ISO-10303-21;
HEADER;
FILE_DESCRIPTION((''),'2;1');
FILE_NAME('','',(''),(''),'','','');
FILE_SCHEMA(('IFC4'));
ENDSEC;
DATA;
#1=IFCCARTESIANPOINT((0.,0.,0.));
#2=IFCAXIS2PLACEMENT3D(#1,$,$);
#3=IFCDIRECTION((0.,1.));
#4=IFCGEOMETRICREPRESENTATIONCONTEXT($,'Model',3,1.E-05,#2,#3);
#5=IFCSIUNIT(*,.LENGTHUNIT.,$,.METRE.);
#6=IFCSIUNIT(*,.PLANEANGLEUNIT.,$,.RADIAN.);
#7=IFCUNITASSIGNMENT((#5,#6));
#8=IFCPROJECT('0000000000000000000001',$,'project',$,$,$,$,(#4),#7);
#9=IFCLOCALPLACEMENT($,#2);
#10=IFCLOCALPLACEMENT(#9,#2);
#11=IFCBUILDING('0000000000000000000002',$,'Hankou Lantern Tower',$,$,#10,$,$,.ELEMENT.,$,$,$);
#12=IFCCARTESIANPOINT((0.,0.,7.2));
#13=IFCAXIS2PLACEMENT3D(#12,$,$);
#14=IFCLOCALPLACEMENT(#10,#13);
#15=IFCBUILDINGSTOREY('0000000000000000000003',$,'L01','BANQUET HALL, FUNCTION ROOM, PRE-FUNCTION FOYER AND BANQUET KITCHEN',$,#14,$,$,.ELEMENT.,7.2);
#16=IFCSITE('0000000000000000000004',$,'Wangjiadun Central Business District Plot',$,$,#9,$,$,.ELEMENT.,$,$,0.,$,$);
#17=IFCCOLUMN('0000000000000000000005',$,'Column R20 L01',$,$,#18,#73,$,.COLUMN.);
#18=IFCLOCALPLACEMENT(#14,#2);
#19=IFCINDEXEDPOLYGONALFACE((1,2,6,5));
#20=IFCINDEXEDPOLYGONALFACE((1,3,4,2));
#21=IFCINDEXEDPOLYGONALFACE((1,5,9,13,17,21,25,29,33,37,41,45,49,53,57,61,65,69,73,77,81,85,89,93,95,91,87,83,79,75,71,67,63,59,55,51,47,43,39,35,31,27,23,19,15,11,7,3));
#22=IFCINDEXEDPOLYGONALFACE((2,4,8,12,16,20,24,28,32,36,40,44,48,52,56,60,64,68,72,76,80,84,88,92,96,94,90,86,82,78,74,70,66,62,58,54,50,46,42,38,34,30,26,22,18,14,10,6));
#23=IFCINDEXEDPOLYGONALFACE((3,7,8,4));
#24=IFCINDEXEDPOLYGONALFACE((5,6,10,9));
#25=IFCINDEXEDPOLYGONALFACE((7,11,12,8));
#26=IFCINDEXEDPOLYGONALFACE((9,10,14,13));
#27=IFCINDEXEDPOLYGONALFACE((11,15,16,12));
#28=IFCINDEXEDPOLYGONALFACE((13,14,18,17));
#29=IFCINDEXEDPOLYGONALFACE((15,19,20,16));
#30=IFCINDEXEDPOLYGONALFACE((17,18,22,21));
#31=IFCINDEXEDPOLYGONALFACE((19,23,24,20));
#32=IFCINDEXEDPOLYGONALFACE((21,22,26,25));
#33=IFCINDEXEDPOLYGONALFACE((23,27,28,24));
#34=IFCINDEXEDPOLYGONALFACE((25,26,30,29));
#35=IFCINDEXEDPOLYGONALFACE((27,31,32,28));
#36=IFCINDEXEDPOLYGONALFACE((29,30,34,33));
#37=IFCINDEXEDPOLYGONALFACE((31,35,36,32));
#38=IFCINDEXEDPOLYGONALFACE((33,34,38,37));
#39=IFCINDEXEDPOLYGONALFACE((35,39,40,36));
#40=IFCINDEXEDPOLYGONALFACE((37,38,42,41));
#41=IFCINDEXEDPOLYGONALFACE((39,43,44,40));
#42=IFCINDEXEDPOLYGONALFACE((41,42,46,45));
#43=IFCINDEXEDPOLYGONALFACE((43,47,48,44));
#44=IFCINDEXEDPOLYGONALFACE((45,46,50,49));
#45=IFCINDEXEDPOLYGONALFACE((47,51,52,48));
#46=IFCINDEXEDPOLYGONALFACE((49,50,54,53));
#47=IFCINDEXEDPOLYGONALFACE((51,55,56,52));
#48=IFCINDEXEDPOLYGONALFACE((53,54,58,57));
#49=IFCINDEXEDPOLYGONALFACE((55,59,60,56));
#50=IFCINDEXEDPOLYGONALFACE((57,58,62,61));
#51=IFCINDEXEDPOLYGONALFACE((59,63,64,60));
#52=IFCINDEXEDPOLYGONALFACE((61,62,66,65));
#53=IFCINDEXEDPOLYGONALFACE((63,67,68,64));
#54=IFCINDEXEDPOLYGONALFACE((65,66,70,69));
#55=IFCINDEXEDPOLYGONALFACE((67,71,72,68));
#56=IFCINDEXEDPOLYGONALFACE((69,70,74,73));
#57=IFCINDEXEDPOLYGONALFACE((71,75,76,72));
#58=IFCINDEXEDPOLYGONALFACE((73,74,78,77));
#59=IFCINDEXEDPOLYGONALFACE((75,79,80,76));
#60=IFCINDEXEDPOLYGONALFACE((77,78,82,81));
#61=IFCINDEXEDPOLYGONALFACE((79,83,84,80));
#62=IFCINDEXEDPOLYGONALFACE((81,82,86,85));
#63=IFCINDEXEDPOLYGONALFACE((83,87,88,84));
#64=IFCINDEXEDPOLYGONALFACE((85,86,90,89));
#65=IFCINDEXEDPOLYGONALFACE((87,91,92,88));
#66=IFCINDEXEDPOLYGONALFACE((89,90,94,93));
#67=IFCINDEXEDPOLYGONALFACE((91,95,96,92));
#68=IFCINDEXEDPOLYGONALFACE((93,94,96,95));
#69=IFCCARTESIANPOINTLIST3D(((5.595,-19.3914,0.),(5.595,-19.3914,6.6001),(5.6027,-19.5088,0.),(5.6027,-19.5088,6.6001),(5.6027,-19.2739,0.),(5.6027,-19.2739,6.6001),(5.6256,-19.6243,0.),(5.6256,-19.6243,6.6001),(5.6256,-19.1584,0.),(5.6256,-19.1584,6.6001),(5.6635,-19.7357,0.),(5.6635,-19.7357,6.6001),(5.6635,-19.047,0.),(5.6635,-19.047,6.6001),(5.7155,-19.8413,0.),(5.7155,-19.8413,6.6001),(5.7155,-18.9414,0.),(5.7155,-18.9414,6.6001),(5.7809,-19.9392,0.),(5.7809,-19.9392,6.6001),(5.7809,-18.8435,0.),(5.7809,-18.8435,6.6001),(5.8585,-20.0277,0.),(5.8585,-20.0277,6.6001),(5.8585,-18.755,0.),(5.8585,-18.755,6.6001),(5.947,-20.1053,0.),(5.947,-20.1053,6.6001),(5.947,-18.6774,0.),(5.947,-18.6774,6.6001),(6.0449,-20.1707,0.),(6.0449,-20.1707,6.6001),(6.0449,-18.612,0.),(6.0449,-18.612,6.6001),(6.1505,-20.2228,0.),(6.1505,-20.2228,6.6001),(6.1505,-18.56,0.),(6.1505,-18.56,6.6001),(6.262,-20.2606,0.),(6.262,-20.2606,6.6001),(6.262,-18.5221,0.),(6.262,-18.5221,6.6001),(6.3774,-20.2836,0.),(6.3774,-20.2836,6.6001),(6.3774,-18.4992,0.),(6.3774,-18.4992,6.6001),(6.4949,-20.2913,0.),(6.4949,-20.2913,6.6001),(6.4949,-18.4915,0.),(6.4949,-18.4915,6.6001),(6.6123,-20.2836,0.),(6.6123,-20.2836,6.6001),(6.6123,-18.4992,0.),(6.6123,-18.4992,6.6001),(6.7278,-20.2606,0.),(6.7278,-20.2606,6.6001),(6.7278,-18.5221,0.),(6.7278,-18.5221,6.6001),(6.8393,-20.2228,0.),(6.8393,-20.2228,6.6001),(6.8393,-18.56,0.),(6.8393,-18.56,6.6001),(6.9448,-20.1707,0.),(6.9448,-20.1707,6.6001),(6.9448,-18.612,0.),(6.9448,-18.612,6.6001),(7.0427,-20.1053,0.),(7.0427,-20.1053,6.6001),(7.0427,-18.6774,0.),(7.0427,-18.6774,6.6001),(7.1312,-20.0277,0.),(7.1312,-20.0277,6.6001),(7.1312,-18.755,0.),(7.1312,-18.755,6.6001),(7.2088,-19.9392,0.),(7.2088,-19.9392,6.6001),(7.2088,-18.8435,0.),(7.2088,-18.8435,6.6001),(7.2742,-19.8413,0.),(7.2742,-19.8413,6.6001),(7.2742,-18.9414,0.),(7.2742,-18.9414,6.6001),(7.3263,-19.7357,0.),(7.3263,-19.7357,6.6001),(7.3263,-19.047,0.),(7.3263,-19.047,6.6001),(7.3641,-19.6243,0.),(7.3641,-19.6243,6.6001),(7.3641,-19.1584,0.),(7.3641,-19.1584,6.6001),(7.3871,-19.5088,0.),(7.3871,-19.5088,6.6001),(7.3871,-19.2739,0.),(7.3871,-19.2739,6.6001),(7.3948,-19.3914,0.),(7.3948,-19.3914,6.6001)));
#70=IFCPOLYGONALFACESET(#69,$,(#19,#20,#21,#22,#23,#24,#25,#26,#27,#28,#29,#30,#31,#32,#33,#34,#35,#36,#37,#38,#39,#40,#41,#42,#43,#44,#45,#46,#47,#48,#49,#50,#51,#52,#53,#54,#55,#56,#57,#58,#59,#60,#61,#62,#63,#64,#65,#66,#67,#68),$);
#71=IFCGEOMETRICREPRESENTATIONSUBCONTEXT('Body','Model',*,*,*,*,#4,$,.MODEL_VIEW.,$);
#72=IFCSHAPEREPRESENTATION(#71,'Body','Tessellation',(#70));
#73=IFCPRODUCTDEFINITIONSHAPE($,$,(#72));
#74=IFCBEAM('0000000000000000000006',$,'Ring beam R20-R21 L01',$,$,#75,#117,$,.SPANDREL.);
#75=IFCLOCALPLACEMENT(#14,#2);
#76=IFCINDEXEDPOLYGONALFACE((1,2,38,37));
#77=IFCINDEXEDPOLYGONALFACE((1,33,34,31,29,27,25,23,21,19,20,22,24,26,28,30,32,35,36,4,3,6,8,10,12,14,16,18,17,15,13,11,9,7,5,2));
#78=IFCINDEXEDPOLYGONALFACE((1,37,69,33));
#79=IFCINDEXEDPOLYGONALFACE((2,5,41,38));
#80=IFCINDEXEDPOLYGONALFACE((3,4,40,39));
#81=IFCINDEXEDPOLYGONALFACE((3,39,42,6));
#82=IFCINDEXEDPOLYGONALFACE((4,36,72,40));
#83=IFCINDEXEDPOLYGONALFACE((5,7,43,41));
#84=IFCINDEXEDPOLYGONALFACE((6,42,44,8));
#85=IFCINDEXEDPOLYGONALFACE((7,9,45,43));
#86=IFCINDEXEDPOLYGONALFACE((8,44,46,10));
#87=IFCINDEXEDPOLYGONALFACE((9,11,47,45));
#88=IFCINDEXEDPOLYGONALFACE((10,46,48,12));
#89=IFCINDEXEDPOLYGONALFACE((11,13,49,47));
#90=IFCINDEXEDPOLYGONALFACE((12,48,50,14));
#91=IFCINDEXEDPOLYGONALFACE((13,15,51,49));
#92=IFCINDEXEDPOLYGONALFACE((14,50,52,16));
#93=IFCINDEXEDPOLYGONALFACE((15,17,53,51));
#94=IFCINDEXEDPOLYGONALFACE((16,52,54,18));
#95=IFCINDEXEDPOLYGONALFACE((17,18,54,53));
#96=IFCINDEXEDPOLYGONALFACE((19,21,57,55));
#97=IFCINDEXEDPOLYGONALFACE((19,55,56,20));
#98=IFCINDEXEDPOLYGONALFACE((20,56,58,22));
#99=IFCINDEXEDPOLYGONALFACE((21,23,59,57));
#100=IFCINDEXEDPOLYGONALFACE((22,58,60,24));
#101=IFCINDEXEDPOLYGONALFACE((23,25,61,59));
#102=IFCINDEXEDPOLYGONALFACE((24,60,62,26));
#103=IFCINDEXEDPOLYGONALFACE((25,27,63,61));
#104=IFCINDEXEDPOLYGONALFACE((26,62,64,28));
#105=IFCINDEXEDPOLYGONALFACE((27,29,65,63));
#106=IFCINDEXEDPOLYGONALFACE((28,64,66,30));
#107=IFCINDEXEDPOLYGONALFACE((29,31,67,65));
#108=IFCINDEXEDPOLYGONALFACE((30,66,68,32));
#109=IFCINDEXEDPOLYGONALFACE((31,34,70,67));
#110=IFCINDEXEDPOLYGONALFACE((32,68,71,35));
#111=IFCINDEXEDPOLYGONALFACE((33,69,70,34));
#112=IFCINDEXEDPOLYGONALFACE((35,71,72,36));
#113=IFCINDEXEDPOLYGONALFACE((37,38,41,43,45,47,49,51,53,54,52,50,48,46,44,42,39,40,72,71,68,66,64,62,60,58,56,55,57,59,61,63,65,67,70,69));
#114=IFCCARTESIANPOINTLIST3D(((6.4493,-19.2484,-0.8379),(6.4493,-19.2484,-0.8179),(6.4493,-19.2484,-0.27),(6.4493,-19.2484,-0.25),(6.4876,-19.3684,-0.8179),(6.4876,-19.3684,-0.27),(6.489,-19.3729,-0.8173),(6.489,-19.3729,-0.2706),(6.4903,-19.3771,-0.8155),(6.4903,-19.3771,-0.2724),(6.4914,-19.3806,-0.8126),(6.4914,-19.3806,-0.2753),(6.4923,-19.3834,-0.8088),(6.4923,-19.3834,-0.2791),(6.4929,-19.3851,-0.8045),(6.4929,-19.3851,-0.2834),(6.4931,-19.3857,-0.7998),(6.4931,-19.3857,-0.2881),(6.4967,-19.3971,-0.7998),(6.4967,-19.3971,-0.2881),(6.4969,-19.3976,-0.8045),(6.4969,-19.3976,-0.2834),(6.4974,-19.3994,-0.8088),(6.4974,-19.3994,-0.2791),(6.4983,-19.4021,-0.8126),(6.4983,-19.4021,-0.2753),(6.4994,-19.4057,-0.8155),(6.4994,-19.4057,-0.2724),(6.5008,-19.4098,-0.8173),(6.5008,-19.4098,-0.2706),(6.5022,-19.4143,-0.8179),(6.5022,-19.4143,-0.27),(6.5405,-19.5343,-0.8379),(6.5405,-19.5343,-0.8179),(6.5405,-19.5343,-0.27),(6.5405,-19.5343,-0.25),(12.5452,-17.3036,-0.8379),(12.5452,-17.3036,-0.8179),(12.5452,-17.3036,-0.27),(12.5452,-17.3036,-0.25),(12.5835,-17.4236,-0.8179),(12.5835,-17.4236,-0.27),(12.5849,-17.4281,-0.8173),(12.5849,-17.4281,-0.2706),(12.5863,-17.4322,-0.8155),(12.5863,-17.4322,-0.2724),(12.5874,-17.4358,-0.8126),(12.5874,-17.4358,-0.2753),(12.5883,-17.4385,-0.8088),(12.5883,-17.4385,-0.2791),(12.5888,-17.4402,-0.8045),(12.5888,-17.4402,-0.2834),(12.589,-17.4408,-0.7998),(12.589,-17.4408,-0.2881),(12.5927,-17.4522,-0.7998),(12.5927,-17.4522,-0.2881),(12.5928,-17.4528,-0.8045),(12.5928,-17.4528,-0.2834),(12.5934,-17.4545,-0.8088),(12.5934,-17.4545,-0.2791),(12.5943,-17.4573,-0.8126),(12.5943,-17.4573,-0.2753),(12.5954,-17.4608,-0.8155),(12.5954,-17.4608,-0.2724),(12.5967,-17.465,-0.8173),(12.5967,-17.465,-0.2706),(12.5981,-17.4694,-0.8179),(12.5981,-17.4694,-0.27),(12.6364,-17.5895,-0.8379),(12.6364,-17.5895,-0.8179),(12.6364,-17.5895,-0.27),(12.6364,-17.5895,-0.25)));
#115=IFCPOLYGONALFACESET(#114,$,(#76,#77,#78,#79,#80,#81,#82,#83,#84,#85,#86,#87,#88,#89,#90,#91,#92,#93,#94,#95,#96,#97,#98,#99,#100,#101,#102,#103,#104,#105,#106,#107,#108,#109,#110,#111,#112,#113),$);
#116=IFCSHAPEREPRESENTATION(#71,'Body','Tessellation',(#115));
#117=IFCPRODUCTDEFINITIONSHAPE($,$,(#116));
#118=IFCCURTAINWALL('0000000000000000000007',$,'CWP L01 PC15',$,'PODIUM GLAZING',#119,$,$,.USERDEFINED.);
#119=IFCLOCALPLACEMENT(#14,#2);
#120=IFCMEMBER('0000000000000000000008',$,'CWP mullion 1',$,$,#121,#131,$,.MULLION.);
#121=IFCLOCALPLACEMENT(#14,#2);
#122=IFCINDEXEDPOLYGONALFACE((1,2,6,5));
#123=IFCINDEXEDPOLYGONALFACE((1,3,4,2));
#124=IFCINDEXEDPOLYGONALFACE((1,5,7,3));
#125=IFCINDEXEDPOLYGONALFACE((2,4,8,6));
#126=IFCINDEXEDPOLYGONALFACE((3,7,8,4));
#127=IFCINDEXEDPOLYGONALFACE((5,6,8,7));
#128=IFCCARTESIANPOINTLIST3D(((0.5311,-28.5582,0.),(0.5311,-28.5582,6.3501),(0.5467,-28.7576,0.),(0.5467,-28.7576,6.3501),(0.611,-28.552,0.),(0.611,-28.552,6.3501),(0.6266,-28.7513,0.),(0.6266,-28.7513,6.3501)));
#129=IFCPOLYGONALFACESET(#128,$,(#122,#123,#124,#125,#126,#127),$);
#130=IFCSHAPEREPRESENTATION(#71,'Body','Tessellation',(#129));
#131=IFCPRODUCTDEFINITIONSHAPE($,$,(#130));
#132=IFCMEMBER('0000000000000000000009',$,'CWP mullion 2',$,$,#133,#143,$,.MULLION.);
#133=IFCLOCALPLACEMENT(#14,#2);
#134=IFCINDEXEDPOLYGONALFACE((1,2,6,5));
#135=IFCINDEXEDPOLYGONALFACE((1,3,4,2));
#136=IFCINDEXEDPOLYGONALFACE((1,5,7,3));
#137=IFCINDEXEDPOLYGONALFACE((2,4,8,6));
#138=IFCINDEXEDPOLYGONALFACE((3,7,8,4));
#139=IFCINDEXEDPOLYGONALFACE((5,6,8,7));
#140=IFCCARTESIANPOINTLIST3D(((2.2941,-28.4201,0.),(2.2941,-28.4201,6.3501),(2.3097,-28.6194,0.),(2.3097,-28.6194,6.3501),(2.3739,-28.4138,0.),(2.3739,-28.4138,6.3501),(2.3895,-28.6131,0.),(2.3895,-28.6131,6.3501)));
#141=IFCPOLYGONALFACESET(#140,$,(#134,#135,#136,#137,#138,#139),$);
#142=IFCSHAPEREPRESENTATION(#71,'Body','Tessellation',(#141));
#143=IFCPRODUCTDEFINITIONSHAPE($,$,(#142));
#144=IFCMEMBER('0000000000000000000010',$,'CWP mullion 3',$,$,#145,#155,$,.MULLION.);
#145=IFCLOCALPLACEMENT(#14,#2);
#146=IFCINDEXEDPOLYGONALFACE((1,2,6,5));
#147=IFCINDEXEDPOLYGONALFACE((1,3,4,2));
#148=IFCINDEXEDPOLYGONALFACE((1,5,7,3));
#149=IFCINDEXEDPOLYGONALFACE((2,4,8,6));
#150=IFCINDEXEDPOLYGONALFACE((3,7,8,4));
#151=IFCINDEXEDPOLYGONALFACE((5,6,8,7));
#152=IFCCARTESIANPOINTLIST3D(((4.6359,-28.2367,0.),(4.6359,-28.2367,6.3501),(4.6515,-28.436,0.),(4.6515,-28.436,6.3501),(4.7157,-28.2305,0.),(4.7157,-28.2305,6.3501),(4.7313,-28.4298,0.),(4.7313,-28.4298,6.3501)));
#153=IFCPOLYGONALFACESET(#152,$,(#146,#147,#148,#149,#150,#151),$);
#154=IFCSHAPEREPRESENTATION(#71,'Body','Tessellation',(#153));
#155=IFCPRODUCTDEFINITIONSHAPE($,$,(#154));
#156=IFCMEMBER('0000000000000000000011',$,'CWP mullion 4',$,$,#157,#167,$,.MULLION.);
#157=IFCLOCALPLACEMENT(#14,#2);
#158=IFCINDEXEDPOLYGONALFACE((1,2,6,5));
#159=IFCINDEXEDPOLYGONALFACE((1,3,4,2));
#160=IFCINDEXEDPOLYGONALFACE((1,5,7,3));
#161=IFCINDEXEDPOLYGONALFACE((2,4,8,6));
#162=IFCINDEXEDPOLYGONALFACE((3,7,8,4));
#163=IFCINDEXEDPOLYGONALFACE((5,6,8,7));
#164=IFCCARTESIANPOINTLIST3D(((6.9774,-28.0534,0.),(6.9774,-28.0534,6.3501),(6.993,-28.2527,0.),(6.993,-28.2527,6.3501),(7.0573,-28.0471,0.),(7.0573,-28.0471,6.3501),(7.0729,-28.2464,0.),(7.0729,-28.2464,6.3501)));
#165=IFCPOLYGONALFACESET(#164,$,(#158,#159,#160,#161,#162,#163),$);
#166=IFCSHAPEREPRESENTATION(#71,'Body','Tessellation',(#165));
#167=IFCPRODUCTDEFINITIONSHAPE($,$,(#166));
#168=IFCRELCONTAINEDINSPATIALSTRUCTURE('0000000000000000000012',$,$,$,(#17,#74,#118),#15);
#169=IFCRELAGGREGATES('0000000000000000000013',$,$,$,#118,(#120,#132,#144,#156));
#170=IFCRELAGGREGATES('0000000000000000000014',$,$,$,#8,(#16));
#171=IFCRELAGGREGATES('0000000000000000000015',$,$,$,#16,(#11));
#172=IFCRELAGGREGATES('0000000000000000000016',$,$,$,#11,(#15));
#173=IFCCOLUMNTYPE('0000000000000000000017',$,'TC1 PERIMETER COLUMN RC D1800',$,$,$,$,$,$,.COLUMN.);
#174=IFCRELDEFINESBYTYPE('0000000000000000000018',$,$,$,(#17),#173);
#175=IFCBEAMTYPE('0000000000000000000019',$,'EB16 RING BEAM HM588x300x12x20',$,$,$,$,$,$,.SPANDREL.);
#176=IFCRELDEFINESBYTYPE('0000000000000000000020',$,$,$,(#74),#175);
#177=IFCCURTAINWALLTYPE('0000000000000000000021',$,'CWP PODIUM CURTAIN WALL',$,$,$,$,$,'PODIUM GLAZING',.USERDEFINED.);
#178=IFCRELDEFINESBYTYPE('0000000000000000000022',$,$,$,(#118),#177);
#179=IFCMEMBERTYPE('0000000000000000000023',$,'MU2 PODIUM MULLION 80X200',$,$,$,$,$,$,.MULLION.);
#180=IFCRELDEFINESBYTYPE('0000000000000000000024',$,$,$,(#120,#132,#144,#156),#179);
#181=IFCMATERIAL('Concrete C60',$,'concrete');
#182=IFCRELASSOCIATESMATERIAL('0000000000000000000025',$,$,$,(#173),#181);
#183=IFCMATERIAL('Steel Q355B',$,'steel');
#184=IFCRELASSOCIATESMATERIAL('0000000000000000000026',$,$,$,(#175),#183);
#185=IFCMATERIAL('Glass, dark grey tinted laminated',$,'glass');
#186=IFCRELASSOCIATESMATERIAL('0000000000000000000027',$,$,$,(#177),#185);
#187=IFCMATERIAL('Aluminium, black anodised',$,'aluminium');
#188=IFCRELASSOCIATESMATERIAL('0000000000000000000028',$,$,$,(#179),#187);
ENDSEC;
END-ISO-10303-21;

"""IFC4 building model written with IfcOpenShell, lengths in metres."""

from ifc_helpers import new_model, si_unit, direction, frame, origin, origin_2d, place, context, subcontext, project, spatial, rectangle, circle, i_section, extrude, material, material_profile, profile_set, type_object, element, aggregate, save


model = new_model("IFC4")

# Units and contexts
model_context = context("Model", 3, precision=1e-05, world=origin(), true_north=direction((0.0, 1.0)))
body_context = subcontext(model_context, "Body", "Model", "MODEL_VIEW")
ifc_project = project(units=[si_unit("LENGTHUNIT", "METRE"), si_unit("PLANEANGLEUNIT", "RADIAN")], contexts=[model_context])

# Site, building, storey
site_placement = place(None, origin())
site = spatial("IfcSite", under=ifc_project, at=site_placement, Name="Wangjiadun Central Business District Plot", CompositionType="ELEMENT", RefElevation=0.0)
building_placement = place(site_placement, origin())
building = spatial("IfcBuilding", under=site, at=building_placement, Name="Hankou Lantern Tower", CompositionType="ELEMENT")
storey_placement = place(building_placement, frame((0.0, 0.0, 7.2)))
storey = spatial("IfcBuildingStorey", under=building, at=storey_placement, Name="L01", Description="BANQUET HALL, FUNCTION ROOM, PRE-FUNCTION FOYER AND BANQUET KITCHEN", CompositionType="ELEMENT", Elevation=7.2)

# Column
ifc_material_1 = material(Name="Concrete C60", Category="concrete")
ifc_material_profile_1 = material_profile(ifc_material_1, circle(Radius=0.8999, at=origin_2d()), Name="RC D1800")
ifc_profile_set_1 = profile_set([ifc_material_profile_1], Name="Concrete C60")
column_type = type_object("IfcColumnType", Name="TC1 PERIMETER COLUMN RC D1800", PredefinedType="COLUMN", material=ifc_profile_set_1)
column_placement = place(storey_placement, frame((6.4949, -19.3914, 0.0), z_axis=(0.0, 0.0, 1.0), x_axis=(1.0, 0.0, 0.0)))
element("IfcColumn", 1, at=column_placement, inside=storey, type_object=column_type, Name="Column R20 L01", PredefinedType="COLUMN", context=body_context, shape_type="SweptSolid", body=[
    extrude(circle(Radius=0.8999, at=origin_2d()), origin(), (0.0, 0.0, 1.0), 6.6001),
])

# Beam
ifc_material_2 = material(Name="Steel Q355B", Category="steel")
ifc_material_profile_2 = material_profile(ifc_material_2, i_section(OverallWidth=0.3, OverallDepth=0.5879, WebThickness=0.012, FlangeThickness=0.02, FilletRadius=0.0181, at=origin_2d()), Name="HM588x300x12x20")
ifc_profile_set_2 = profile_set([ifc_material_profile_2], Name="Steel Q355B")
beam_type_1 = type_object("IfcBeamType", Name="EB16 RING BEAM HM588x300x12x20", PredefinedType="SPANDREL", material=ifc_profile_set_2)
beam_1_placement = place(storey_placement, frame((6.4949, -19.3914, -0.5439), z_axis=(0.95269, 0.303942, 0.0), x_axis=(-0.303942, 0.95269, 0.0)))
element("IfcBeam", 2, at=beam_1_placement, inside=storey, type_object=beam_type_1, Name="Ring beam R20-R21 L01", PredefinedType="SPANDREL", context=body_context, shape_type="SweptSolid", body=[
    extrude(i_section(OverallWidth=0.3, OverallDepth=0.5879, WebThickness=0.012, FlangeThickness=0.02, FilletRadius=0.0181, at=origin_2d()), origin(), (0.0, 0.0, 1.0), 6.3987),
])

# Curtain wall, members
ifc_material_3 = material(Name="Glass, dark grey tinted laminated", Category="glass")
curtain_wall_type = type_object("IfcCurtainWallType", Name="CWP PODIUM CURTAIN WALL", ElementType="PODIUM GLAZING", PredefinedType="USERDEFINED", material=ifc_material_3)
curtain_wall_placement = place(storey_placement, origin())
curtain_wall = element("IfcCurtainWall", 3, at=curtain_wall_placement, inside=storey, type_object=curtain_wall_type, Name="CWP L01 PC15", ObjectType="PODIUM GLAZING", PredefinedType="USERDEFINED")
ifc_material_4 = material(Name="Aluminium, black anodised", Category="aluminium")
ifc_material_profile_3 = material_profile(ifc_material_4, rectangle(XDim=0.0801, YDim=0.2, at=origin_2d()), Name="MU2 80X200")
ifc_profile_set_3 = profile_set([ifc_material_profile_3], Name="Aluminium, black anodised")
member_type_1 = type_object("IfcMemberType", Name="MU2 PODIUM MULLION 80X200", PredefinedType="MULLION", material=ifc_profile_set_3)
member_1_placement = place(storey_placement, frame((0.5789, -28.6548, 0.0), z_axis=(0.0, 0.0, 1.0), x_axis=(0.996949, 0.078062, 0.0)))
member_1 = element("IfcMember", 4, at=member_1_placement, type_object=member_type_1, Name="CWP mullion 1", PredefinedType="MULLION", context=body_context, shape_type="SweptSolid", body=[
    extrude(rectangle(XDim=0.0801, YDim=0.2, at=origin_2d()), origin(), (0.0, 0.0, 1.0), 6.3501),
])
member_2_placement = place(storey_placement, frame((2.3418, -28.5166, 0.0), z_axis=(0.0, 0.0, 1.0), x_axis=(0.996949, 0.078062, 0.0)))
member_2 = element("IfcMember", 5, at=member_2_placement, type_object=member_type_1, Name="CWP mullion 2", PredefinedType="MULLION", context=body_context, shape_type="SweptSolid", body=[
    extrude(rectangle(XDim=0.0801, YDim=0.2, at=origin_2d()), origin(), (0.0, 0.0, 1.0), 6.3501),
])
member_3_placement = place(storey_placement, frame((4.6836, -28.3333, 0.0), z_axis=(0.0, 0.0, 1.0), x_axis=(0.996949, 0.078062, 0.0)))
member_3 = element("IfcMember", 6, at=member_3_placement, type_object=member_type_1, Name="CWP mullion 3", PredefinedType="MULLION", context=body_context, shape_type="SweptSolid", body=[
    extrude(rectangle(XDim=0.0801, YDim=0.2, at=origin_2d()), origin(), (0.0, 0.0, 1.0), 6.3501),
])
member_4_placement = place(storey_placement, frame((7.0251, -28.1499, 0.0), z_axis=(0.0, 0.0, 1.0), x_axis=(0.996949, 0.078062, 0.0)))
member_4 = element("IfcMember", 7, at=member_4_placement, type_object=member_type_1, Name="CWP mullion 4", PredefinedType="MULLION", context=body_context, shape_type="SweptSolid", body=[
    extrude(rectangle(XDim=0.0801, YDim=0.2, at=origin_2d()), origin(), (0.0, 0.0, 1.0), 6.3501),
])

aggregate(curtain_wall, [member_1, member_2, member_3, member_4])

save(model, "model.ifc")
